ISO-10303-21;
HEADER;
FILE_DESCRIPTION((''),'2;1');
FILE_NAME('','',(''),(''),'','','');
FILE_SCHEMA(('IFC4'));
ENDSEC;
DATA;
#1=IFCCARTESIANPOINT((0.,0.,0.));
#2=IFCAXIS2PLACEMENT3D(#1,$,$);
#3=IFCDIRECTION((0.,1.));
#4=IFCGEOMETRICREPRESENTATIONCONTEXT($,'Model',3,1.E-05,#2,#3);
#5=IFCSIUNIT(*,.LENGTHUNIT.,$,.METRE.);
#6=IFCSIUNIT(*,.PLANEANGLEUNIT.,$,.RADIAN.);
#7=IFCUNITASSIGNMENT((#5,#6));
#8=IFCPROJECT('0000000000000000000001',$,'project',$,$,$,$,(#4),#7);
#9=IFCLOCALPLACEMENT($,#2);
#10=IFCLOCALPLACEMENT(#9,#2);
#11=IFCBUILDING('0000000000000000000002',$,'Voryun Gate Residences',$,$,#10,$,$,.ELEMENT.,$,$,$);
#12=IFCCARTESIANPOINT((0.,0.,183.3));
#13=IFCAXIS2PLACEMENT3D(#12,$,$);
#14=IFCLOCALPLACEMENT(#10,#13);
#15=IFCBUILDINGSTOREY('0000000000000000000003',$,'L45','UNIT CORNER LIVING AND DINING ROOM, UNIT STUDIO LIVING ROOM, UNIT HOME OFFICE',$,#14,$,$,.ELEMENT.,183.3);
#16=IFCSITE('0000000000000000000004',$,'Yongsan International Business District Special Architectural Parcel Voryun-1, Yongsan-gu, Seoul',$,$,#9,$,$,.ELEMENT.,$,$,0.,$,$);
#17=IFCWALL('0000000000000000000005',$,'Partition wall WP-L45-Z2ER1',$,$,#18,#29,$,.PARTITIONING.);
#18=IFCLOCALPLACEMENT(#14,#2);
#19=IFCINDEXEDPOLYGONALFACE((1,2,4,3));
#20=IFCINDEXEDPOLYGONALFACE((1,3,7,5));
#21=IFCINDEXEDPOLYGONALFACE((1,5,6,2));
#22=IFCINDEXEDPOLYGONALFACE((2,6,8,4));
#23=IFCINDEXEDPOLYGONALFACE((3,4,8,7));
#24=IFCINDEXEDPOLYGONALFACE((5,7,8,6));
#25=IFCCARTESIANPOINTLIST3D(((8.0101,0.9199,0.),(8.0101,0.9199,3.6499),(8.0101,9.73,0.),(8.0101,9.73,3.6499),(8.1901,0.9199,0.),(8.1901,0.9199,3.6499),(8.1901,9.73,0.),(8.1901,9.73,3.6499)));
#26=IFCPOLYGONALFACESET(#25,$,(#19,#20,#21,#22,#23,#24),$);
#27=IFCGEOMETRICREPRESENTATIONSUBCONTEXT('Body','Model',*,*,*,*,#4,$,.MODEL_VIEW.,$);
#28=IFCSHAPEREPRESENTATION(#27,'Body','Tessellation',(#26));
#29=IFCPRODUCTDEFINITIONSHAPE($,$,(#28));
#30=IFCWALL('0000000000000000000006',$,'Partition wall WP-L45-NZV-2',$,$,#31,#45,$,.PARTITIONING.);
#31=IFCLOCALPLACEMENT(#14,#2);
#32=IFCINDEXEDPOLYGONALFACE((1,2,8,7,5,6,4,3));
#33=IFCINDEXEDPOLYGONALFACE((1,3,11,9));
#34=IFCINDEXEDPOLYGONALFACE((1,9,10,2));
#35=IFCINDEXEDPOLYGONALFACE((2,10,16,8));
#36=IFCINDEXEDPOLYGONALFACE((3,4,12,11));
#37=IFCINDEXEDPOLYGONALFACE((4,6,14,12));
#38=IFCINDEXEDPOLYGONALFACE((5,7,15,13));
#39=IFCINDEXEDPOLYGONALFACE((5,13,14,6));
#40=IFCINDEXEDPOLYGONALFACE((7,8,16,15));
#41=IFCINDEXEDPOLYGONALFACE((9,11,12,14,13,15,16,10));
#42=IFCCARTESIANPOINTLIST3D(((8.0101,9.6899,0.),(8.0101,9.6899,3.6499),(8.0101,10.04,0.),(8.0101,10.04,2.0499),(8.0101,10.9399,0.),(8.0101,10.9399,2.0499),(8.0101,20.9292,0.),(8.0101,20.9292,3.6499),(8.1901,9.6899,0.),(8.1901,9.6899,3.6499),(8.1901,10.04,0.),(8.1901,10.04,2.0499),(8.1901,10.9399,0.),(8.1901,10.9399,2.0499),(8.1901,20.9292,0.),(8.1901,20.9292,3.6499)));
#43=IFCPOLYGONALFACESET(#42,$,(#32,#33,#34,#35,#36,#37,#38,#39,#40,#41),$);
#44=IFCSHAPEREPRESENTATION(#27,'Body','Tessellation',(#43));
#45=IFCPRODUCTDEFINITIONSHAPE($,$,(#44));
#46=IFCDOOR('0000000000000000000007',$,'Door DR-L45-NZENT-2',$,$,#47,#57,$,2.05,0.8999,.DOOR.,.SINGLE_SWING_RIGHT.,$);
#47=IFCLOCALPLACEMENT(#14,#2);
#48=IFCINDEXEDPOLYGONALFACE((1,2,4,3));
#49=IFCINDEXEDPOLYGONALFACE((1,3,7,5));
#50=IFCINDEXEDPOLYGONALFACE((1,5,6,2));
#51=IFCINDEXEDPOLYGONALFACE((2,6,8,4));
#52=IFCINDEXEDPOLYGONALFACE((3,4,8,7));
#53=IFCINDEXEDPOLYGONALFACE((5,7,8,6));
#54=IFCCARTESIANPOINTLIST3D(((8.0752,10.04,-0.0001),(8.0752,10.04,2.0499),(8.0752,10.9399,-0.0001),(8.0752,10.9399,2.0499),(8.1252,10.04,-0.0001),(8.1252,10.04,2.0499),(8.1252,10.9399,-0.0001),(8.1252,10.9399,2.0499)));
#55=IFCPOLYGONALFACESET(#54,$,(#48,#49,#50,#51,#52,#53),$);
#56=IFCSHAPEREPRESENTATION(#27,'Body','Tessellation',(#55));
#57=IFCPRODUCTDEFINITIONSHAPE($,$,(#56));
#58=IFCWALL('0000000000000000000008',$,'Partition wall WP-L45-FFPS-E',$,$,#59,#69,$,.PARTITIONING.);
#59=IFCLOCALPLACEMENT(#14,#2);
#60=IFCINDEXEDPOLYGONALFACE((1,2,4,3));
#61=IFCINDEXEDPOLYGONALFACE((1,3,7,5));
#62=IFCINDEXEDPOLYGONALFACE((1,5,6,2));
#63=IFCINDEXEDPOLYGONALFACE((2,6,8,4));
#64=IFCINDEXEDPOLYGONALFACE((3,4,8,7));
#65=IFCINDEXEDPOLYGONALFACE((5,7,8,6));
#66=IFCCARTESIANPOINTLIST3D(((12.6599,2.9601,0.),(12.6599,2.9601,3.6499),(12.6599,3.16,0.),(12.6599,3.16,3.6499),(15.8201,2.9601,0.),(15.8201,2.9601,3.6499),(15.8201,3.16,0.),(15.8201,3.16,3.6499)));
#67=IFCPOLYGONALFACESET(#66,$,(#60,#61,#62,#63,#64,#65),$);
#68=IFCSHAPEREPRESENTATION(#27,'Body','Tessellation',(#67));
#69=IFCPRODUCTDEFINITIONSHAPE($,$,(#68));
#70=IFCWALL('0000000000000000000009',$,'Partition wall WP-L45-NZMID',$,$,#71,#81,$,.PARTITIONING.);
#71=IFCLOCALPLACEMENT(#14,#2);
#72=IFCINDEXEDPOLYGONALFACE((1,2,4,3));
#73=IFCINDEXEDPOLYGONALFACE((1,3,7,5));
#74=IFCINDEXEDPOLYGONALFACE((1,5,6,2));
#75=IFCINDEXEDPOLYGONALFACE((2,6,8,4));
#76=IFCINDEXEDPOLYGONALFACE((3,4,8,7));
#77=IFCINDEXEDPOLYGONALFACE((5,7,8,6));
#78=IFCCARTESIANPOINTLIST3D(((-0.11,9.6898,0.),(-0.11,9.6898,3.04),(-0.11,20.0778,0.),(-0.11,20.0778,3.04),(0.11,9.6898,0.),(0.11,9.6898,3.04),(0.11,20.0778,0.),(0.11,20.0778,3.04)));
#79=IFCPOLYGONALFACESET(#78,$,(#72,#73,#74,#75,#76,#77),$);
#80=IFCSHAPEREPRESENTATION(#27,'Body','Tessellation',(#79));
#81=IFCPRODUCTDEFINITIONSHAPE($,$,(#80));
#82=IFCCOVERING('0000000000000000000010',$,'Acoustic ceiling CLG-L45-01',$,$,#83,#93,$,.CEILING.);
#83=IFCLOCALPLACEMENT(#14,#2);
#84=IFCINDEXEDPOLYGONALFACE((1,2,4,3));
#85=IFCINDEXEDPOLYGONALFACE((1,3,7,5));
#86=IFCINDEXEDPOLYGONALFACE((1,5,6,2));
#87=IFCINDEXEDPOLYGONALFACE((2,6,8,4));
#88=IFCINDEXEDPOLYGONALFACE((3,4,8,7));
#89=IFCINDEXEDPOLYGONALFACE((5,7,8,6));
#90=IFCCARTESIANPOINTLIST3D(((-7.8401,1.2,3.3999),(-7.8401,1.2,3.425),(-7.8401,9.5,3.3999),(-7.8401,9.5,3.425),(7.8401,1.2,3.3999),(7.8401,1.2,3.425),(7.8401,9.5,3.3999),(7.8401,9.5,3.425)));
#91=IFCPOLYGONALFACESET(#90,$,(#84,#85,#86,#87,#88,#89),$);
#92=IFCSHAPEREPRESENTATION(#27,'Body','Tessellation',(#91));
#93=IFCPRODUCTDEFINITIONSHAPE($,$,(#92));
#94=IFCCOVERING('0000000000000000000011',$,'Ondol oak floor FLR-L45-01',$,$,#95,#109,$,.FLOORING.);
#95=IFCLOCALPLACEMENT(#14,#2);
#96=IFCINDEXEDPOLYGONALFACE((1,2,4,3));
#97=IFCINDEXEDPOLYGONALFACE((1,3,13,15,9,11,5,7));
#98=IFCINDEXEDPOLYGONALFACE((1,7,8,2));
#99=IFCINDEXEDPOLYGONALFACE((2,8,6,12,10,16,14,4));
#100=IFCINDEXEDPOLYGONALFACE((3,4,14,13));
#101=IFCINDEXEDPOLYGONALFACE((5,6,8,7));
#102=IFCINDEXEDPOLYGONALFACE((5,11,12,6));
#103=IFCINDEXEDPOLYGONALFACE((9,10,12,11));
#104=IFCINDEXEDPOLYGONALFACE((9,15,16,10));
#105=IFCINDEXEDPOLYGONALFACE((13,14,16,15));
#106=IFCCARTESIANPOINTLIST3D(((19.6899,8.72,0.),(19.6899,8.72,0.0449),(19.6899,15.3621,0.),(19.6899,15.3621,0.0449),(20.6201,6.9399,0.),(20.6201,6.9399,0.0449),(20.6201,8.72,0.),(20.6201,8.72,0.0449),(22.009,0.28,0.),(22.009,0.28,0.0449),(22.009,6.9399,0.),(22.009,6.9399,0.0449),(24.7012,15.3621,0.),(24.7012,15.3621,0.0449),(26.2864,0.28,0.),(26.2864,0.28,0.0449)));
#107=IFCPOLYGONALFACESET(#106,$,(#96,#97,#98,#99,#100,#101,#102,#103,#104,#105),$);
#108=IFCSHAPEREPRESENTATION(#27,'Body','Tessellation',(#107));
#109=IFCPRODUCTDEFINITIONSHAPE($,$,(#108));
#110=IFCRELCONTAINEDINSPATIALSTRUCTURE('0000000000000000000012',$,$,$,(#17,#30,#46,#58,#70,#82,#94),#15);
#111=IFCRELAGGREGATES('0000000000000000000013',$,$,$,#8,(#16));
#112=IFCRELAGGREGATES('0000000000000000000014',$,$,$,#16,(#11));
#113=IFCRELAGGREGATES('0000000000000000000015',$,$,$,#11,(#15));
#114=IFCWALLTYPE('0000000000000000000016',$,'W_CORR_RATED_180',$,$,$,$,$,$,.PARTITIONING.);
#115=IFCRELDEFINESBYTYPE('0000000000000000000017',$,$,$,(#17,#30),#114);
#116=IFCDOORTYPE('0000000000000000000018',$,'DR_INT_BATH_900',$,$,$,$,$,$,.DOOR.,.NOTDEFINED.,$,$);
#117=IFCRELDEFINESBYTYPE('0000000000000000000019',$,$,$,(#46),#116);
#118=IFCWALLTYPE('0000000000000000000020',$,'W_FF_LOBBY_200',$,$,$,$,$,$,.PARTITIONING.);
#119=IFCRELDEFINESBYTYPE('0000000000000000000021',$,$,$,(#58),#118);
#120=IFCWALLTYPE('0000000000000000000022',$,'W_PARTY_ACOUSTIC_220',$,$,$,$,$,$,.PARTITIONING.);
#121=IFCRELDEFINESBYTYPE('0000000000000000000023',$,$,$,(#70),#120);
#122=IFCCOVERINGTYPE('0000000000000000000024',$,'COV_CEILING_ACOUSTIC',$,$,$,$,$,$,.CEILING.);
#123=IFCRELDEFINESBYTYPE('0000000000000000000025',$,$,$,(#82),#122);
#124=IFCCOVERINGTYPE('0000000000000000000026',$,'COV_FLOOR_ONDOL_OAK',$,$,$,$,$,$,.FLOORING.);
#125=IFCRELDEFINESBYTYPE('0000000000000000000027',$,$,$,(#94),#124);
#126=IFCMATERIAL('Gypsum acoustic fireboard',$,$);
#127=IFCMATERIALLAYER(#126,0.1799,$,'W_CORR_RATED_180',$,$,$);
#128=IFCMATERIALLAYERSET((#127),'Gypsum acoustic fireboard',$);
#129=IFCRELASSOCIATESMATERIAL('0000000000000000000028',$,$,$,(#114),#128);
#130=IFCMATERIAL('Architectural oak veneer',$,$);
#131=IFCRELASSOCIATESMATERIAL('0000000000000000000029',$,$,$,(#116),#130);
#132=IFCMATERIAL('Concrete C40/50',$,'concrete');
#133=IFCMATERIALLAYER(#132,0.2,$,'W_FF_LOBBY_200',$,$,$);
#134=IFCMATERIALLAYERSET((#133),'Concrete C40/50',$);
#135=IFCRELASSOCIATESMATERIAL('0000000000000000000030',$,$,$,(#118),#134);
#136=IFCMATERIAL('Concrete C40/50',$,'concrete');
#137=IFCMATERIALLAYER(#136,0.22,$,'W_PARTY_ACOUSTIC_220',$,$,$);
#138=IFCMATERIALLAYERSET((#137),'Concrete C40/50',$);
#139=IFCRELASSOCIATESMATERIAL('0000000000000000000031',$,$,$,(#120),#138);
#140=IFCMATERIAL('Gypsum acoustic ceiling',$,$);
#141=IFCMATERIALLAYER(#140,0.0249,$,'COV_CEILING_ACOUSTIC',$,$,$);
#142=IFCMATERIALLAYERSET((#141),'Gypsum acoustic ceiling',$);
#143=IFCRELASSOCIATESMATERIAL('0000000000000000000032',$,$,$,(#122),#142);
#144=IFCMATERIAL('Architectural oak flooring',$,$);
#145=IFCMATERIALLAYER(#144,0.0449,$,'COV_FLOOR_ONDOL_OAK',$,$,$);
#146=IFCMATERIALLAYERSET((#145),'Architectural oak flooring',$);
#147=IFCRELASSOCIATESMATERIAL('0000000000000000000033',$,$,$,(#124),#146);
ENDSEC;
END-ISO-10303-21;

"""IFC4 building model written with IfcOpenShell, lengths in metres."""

from ifc_helpers import new_model, si_unit, direction, frame, frame_2d, origin, place, context, subcontext, project, spatial, polyline, rectangle, outline, extrude, material, layer, layer_set, type_object, element, fill, save


model = new_model("IFC4")

# Units and contexts
model_context = context("Model", 3, precision=1e-05, world=origin(), true_north=direction((0.0, 1.0)))
body_context = subcontext(model_context, "Body", "Model", "MODEL_VIEW")
ifc_project = project(units=[si_unit("LENGTHUNIT", "METRE"), si_unit("PLANEANGLEUNIT", "RADIAN")], contexts=[model_context])

# Site, building, storey
site_placement = place(None, origin())
site = spatial("IfcSite", under=ifc_project, at=site_placement, Name="Yongsan International Business District Special Architectural Parcel Voryun-1, Yongsan-gu, Seoul", CompositionType="ELEMENT", RefElevation=0.0)
building_placement = place(site_placement, origin())
building = spatial("IfcBuilding", under=site, at=building_placement, Name="Voryun Gate Residences", CompositionType="ELEMENT")
storey_placement = place(building_placement, frame((0.0, 0.0, 183.3)))
storey = spatial("IfcBuildingStorey", under=building, at=storey_placement, Name="L45", Description="UNIT CORNER LIVING AND DINING ROOM, UNIT STUDIO LIVING ROOM, UNIT HOME OFFICE", CompositionType="ELEMENT", Elevation=183.3)

# Wall
ifc_material_1 = material(Name="Gypsum acoustic fireboard")
ifc_layer_1 = layer(ifc_material_1, 0.1799, Name="W_CORR_RATED_180")
ifc_layer_set_1 = layer_set([ifc_layer_1], Name="Gypsum acoustic fireboard")
wall_type_1 = type_object("IfcWallType", Name="W_CORR_RATED_180", PredefinedType="PARTITIONING", material=ifc_layer_set_1)
wall_1_placement = place(storey_placement, frame((8.1001, 0.9199, 0.0), z_axis=(0.0, 0.0, 1.0), x_axis=(0.0, 1.0, 0.0)))
element("IfcWall", 1, at=wall_1_placement, inside=storey, type_object=wall_type_1, Name="Partition wall WP-L45-Z2ER1", PredefinedType="PARTITIONING", context=body_context, shape_type="SweptSolid", body=[
    extrude(rectangle(XDim=8.8101, YDim=0.1799, at=frame_2d((4.405, 0.0))), origin(), (0.0, 0.0, 1.0), 3.6499),
])

# Wall, opening, door
wall_2_placement = place(storey_placement, frame((8.1001, 9.6899, 0.0), z_axis=(0.0, 0.0, 1.0), x_axis=(0.0, 1.0, 0.0)))
wall_2 = element("IfcWall", 2, at=wall_2_placement, inside=storey, type_object=wall_type_1, Name="Partition wall WP-L45-NZV-2", PredefinedType="PARTITIONING", context=body_context, shape_type="SweptSolid", body=[
    extrude(rectangle(XDim=11.2393, YDim=0.1799, at=frame_2d((5.6196, 0.0))), origin(), (0.0, 0.0, 1.0), 3.6499),
])
opening_placement = place(wall_2_placement, frame((0.3501, 0.0, 0.0)))
opening = element("IfcOpeningElement", 3, at=opening_placement, cuts=wall_2, PredefinedType="OPENING", context=body_context, shape_type="SweptSolid", body=[
    extrude(rectangle(XDim=0.8999, YDim=2.05, at=frame_2d((0.45, 1.0249))), frame((0.0, 0.0999, 0.0), z_axis=(0.0, -1.0, 0.0), x_axis=(1.0, 0.0, 0.0)), (0.0, 0.0, 1.0), 0.2),
])
ifc_material_2 = material(Name="Architectural oak veneer")
door_type = type_object("IfcDoorType", Name="DR_INT_BATH_900", OperationType="NOTDEFINED", PredefinedType="DOOR", material=ifc_material_2)
door_placement = place(opening_placement, origin())
door = element("IfcDoor", 4, at=door_placement, inside=storey, type_object=door_type, Name="Door DR-L45-NZENT-2", OperationType="SINGLE_SWING_RIGHT", OverallHeight=2.05, OverallWidth=0.8999, PredefinedType="DOOR", context=body_context, shape_type="SweptSolid", body=[
    extrude(rectangle(XDim=0.8999, YDim=2.05, at=frame_2d((0.45, 1.0249))), frame((0.0, 0.0249, 0.0), z_axis=(0.0, -1.0, 0.0), x_axis=(1.0, 0.0, 0.0)), (0.0, 0.0, 1.0), 0.05),
])
fill(opening, door)

# Walls
ifc_material_3 = material(Name="Concrete C40/50", Category="concrete")
ifc_layer_2 = layer(ifc_material_3, 0.2, Name="W_FF_LOBBY_200")
ifc_layer_set_2 = layer_set([ifc_layer_2], Name="Concrete C40/50")
wall_type_2 = type_object("IfcWallType", Name="W_FF_LOBBY_200", PredefinedType="PARTITIONING", material=ifc_layer_set_2)
wall_3_placement = place(storey_placement, frame((12.6599, 3.0601, 0.0), z_axis=(0.0, 0.0, 1.0), x_axis=(1.0, 0.0, 0.0)))
element("IfcWall", 5, at=wall_3_placement, inside=storey, type_object=wall_type_2, Name="Partition wall WP-L45-FFPS-E", PredefinedType="PARTITIONING", context=body_context, shape_type="SweptSolid", body=[
    extrude(rectangle(XDim=3.1602, YDim=0.2, at=frame_2d((1.5801, 0.0))), origin(), (0.0, 0.0, 1.0), 3.6499),
])
ifc_material_4 = material(Name="Concrete C40/50", Category="concrete")
ifc_layer_3 = layer(ifc_material_4, 0.22, Name="W_PARTY_ACOUSTIC_220")
ifc_layer_set_3 = layer_set([ifc_layer_3], Name="Concrete C40/50")
wall_type_3 = type_object("IfcWallType", Name="W_PARTY_ACOUSTIC_220", PredefinedType="PARTITIONING", material=ifc_layer_set_3)
wall_4_placement = place(storey_placement, frame((0.0, 9.6899, 0.0), z_axis=(0.0, 0.0, 1.0), x_axis=(0.0, 1.0, 0.0)))
element("IfcWall", 6, at=wall_4_placement, inside=storey, type_object=wall_type_3, Name="Partition wall WP-L45-NZMID", PredefinedType="PARTITIONING", context=body_context, shape_type="SweptSolid", body=[
    extrude(rectangle(XDim=10.3879, YDim=0.22, at=frame_2d((5.1938, 0.0))), origin(), (0.0, 0.0, 1.0), 3.04),
])

# Coverings
ifc_material_5 = material(Name="Gypsum acoustic ceiling")
ifc_layer_4 = layer(ifc_material_5, 0.0249, Name="COV_CEILING_ACOUSTIC")
ifc_layer_set_4 = layer_set([ifc_layer_4], Name="Gypsum acoustic ceiling")
covering_type_1 = type_object("IfcCoveringType", Name="COV_CEILING_ACOUSTIC", PredefinedType="CEILING", material=ifc_layer_set_4)
covering_1_placement = place(storey_placement, frame((0.0, 0.0, 3.3999)))
element("IfcCovering", 7, at=covering_1_placement, inside=storey, type_object=covering_type_1, Name="Acoustic ceiling CLG-L45-01", PredefinedType="CEILING", context=body_context, shape_type="SweptSolid", body=[
    extrude(outline(polyline([(-7.8401, 1.2), (-7.8401, 9.5), (7.8401, 9.5), (7.8401, 1.2), (-7.8401, 1.2)])), origin(), (0.0, 0.0, 1.0), 0.0251),
])
ifc_material_6 = material(Name="Architectural oak flooring")
ifc_layer_5 = layer(ifc_material_6, 0.0449, Name="COV_FLOOR_ONDOL_OAK")
ifc_layer_set_5 = layer_set([ifc_layer_5], Name="Architectural oak flooring")
covering_type_2 = type_object("IfcCoveringType", Name="COV_FLOOR_ONDOL_OAK", PredefinedType="FLOORING", material=ifc_layer_set_5)
covering_2_placement = place(storey_placement, origin())
element("IfcCovering", 8, at=covering_2_placement, inside=storey, type_object=covering_type_2, Name="Ondol oak floor FLR-L45-01", PredefinedType="FLOORING", context=body_context, shape_type="SweptSolid", body=[
    extrude(outline(polyline([(20.6201, 6.9399), (20.6201, 8.72), (19.6899, 8.72), (19.6899, 15.3621), (24.7012, 15.3621), (26.2864, 0.28), (22.009, 0.28), (22.009, 6.9399), (20.6201, 6.9399)])), origin(), (0.0, 0.0, 1.0), 0.0449),
])

save(model, "model.ifc")
